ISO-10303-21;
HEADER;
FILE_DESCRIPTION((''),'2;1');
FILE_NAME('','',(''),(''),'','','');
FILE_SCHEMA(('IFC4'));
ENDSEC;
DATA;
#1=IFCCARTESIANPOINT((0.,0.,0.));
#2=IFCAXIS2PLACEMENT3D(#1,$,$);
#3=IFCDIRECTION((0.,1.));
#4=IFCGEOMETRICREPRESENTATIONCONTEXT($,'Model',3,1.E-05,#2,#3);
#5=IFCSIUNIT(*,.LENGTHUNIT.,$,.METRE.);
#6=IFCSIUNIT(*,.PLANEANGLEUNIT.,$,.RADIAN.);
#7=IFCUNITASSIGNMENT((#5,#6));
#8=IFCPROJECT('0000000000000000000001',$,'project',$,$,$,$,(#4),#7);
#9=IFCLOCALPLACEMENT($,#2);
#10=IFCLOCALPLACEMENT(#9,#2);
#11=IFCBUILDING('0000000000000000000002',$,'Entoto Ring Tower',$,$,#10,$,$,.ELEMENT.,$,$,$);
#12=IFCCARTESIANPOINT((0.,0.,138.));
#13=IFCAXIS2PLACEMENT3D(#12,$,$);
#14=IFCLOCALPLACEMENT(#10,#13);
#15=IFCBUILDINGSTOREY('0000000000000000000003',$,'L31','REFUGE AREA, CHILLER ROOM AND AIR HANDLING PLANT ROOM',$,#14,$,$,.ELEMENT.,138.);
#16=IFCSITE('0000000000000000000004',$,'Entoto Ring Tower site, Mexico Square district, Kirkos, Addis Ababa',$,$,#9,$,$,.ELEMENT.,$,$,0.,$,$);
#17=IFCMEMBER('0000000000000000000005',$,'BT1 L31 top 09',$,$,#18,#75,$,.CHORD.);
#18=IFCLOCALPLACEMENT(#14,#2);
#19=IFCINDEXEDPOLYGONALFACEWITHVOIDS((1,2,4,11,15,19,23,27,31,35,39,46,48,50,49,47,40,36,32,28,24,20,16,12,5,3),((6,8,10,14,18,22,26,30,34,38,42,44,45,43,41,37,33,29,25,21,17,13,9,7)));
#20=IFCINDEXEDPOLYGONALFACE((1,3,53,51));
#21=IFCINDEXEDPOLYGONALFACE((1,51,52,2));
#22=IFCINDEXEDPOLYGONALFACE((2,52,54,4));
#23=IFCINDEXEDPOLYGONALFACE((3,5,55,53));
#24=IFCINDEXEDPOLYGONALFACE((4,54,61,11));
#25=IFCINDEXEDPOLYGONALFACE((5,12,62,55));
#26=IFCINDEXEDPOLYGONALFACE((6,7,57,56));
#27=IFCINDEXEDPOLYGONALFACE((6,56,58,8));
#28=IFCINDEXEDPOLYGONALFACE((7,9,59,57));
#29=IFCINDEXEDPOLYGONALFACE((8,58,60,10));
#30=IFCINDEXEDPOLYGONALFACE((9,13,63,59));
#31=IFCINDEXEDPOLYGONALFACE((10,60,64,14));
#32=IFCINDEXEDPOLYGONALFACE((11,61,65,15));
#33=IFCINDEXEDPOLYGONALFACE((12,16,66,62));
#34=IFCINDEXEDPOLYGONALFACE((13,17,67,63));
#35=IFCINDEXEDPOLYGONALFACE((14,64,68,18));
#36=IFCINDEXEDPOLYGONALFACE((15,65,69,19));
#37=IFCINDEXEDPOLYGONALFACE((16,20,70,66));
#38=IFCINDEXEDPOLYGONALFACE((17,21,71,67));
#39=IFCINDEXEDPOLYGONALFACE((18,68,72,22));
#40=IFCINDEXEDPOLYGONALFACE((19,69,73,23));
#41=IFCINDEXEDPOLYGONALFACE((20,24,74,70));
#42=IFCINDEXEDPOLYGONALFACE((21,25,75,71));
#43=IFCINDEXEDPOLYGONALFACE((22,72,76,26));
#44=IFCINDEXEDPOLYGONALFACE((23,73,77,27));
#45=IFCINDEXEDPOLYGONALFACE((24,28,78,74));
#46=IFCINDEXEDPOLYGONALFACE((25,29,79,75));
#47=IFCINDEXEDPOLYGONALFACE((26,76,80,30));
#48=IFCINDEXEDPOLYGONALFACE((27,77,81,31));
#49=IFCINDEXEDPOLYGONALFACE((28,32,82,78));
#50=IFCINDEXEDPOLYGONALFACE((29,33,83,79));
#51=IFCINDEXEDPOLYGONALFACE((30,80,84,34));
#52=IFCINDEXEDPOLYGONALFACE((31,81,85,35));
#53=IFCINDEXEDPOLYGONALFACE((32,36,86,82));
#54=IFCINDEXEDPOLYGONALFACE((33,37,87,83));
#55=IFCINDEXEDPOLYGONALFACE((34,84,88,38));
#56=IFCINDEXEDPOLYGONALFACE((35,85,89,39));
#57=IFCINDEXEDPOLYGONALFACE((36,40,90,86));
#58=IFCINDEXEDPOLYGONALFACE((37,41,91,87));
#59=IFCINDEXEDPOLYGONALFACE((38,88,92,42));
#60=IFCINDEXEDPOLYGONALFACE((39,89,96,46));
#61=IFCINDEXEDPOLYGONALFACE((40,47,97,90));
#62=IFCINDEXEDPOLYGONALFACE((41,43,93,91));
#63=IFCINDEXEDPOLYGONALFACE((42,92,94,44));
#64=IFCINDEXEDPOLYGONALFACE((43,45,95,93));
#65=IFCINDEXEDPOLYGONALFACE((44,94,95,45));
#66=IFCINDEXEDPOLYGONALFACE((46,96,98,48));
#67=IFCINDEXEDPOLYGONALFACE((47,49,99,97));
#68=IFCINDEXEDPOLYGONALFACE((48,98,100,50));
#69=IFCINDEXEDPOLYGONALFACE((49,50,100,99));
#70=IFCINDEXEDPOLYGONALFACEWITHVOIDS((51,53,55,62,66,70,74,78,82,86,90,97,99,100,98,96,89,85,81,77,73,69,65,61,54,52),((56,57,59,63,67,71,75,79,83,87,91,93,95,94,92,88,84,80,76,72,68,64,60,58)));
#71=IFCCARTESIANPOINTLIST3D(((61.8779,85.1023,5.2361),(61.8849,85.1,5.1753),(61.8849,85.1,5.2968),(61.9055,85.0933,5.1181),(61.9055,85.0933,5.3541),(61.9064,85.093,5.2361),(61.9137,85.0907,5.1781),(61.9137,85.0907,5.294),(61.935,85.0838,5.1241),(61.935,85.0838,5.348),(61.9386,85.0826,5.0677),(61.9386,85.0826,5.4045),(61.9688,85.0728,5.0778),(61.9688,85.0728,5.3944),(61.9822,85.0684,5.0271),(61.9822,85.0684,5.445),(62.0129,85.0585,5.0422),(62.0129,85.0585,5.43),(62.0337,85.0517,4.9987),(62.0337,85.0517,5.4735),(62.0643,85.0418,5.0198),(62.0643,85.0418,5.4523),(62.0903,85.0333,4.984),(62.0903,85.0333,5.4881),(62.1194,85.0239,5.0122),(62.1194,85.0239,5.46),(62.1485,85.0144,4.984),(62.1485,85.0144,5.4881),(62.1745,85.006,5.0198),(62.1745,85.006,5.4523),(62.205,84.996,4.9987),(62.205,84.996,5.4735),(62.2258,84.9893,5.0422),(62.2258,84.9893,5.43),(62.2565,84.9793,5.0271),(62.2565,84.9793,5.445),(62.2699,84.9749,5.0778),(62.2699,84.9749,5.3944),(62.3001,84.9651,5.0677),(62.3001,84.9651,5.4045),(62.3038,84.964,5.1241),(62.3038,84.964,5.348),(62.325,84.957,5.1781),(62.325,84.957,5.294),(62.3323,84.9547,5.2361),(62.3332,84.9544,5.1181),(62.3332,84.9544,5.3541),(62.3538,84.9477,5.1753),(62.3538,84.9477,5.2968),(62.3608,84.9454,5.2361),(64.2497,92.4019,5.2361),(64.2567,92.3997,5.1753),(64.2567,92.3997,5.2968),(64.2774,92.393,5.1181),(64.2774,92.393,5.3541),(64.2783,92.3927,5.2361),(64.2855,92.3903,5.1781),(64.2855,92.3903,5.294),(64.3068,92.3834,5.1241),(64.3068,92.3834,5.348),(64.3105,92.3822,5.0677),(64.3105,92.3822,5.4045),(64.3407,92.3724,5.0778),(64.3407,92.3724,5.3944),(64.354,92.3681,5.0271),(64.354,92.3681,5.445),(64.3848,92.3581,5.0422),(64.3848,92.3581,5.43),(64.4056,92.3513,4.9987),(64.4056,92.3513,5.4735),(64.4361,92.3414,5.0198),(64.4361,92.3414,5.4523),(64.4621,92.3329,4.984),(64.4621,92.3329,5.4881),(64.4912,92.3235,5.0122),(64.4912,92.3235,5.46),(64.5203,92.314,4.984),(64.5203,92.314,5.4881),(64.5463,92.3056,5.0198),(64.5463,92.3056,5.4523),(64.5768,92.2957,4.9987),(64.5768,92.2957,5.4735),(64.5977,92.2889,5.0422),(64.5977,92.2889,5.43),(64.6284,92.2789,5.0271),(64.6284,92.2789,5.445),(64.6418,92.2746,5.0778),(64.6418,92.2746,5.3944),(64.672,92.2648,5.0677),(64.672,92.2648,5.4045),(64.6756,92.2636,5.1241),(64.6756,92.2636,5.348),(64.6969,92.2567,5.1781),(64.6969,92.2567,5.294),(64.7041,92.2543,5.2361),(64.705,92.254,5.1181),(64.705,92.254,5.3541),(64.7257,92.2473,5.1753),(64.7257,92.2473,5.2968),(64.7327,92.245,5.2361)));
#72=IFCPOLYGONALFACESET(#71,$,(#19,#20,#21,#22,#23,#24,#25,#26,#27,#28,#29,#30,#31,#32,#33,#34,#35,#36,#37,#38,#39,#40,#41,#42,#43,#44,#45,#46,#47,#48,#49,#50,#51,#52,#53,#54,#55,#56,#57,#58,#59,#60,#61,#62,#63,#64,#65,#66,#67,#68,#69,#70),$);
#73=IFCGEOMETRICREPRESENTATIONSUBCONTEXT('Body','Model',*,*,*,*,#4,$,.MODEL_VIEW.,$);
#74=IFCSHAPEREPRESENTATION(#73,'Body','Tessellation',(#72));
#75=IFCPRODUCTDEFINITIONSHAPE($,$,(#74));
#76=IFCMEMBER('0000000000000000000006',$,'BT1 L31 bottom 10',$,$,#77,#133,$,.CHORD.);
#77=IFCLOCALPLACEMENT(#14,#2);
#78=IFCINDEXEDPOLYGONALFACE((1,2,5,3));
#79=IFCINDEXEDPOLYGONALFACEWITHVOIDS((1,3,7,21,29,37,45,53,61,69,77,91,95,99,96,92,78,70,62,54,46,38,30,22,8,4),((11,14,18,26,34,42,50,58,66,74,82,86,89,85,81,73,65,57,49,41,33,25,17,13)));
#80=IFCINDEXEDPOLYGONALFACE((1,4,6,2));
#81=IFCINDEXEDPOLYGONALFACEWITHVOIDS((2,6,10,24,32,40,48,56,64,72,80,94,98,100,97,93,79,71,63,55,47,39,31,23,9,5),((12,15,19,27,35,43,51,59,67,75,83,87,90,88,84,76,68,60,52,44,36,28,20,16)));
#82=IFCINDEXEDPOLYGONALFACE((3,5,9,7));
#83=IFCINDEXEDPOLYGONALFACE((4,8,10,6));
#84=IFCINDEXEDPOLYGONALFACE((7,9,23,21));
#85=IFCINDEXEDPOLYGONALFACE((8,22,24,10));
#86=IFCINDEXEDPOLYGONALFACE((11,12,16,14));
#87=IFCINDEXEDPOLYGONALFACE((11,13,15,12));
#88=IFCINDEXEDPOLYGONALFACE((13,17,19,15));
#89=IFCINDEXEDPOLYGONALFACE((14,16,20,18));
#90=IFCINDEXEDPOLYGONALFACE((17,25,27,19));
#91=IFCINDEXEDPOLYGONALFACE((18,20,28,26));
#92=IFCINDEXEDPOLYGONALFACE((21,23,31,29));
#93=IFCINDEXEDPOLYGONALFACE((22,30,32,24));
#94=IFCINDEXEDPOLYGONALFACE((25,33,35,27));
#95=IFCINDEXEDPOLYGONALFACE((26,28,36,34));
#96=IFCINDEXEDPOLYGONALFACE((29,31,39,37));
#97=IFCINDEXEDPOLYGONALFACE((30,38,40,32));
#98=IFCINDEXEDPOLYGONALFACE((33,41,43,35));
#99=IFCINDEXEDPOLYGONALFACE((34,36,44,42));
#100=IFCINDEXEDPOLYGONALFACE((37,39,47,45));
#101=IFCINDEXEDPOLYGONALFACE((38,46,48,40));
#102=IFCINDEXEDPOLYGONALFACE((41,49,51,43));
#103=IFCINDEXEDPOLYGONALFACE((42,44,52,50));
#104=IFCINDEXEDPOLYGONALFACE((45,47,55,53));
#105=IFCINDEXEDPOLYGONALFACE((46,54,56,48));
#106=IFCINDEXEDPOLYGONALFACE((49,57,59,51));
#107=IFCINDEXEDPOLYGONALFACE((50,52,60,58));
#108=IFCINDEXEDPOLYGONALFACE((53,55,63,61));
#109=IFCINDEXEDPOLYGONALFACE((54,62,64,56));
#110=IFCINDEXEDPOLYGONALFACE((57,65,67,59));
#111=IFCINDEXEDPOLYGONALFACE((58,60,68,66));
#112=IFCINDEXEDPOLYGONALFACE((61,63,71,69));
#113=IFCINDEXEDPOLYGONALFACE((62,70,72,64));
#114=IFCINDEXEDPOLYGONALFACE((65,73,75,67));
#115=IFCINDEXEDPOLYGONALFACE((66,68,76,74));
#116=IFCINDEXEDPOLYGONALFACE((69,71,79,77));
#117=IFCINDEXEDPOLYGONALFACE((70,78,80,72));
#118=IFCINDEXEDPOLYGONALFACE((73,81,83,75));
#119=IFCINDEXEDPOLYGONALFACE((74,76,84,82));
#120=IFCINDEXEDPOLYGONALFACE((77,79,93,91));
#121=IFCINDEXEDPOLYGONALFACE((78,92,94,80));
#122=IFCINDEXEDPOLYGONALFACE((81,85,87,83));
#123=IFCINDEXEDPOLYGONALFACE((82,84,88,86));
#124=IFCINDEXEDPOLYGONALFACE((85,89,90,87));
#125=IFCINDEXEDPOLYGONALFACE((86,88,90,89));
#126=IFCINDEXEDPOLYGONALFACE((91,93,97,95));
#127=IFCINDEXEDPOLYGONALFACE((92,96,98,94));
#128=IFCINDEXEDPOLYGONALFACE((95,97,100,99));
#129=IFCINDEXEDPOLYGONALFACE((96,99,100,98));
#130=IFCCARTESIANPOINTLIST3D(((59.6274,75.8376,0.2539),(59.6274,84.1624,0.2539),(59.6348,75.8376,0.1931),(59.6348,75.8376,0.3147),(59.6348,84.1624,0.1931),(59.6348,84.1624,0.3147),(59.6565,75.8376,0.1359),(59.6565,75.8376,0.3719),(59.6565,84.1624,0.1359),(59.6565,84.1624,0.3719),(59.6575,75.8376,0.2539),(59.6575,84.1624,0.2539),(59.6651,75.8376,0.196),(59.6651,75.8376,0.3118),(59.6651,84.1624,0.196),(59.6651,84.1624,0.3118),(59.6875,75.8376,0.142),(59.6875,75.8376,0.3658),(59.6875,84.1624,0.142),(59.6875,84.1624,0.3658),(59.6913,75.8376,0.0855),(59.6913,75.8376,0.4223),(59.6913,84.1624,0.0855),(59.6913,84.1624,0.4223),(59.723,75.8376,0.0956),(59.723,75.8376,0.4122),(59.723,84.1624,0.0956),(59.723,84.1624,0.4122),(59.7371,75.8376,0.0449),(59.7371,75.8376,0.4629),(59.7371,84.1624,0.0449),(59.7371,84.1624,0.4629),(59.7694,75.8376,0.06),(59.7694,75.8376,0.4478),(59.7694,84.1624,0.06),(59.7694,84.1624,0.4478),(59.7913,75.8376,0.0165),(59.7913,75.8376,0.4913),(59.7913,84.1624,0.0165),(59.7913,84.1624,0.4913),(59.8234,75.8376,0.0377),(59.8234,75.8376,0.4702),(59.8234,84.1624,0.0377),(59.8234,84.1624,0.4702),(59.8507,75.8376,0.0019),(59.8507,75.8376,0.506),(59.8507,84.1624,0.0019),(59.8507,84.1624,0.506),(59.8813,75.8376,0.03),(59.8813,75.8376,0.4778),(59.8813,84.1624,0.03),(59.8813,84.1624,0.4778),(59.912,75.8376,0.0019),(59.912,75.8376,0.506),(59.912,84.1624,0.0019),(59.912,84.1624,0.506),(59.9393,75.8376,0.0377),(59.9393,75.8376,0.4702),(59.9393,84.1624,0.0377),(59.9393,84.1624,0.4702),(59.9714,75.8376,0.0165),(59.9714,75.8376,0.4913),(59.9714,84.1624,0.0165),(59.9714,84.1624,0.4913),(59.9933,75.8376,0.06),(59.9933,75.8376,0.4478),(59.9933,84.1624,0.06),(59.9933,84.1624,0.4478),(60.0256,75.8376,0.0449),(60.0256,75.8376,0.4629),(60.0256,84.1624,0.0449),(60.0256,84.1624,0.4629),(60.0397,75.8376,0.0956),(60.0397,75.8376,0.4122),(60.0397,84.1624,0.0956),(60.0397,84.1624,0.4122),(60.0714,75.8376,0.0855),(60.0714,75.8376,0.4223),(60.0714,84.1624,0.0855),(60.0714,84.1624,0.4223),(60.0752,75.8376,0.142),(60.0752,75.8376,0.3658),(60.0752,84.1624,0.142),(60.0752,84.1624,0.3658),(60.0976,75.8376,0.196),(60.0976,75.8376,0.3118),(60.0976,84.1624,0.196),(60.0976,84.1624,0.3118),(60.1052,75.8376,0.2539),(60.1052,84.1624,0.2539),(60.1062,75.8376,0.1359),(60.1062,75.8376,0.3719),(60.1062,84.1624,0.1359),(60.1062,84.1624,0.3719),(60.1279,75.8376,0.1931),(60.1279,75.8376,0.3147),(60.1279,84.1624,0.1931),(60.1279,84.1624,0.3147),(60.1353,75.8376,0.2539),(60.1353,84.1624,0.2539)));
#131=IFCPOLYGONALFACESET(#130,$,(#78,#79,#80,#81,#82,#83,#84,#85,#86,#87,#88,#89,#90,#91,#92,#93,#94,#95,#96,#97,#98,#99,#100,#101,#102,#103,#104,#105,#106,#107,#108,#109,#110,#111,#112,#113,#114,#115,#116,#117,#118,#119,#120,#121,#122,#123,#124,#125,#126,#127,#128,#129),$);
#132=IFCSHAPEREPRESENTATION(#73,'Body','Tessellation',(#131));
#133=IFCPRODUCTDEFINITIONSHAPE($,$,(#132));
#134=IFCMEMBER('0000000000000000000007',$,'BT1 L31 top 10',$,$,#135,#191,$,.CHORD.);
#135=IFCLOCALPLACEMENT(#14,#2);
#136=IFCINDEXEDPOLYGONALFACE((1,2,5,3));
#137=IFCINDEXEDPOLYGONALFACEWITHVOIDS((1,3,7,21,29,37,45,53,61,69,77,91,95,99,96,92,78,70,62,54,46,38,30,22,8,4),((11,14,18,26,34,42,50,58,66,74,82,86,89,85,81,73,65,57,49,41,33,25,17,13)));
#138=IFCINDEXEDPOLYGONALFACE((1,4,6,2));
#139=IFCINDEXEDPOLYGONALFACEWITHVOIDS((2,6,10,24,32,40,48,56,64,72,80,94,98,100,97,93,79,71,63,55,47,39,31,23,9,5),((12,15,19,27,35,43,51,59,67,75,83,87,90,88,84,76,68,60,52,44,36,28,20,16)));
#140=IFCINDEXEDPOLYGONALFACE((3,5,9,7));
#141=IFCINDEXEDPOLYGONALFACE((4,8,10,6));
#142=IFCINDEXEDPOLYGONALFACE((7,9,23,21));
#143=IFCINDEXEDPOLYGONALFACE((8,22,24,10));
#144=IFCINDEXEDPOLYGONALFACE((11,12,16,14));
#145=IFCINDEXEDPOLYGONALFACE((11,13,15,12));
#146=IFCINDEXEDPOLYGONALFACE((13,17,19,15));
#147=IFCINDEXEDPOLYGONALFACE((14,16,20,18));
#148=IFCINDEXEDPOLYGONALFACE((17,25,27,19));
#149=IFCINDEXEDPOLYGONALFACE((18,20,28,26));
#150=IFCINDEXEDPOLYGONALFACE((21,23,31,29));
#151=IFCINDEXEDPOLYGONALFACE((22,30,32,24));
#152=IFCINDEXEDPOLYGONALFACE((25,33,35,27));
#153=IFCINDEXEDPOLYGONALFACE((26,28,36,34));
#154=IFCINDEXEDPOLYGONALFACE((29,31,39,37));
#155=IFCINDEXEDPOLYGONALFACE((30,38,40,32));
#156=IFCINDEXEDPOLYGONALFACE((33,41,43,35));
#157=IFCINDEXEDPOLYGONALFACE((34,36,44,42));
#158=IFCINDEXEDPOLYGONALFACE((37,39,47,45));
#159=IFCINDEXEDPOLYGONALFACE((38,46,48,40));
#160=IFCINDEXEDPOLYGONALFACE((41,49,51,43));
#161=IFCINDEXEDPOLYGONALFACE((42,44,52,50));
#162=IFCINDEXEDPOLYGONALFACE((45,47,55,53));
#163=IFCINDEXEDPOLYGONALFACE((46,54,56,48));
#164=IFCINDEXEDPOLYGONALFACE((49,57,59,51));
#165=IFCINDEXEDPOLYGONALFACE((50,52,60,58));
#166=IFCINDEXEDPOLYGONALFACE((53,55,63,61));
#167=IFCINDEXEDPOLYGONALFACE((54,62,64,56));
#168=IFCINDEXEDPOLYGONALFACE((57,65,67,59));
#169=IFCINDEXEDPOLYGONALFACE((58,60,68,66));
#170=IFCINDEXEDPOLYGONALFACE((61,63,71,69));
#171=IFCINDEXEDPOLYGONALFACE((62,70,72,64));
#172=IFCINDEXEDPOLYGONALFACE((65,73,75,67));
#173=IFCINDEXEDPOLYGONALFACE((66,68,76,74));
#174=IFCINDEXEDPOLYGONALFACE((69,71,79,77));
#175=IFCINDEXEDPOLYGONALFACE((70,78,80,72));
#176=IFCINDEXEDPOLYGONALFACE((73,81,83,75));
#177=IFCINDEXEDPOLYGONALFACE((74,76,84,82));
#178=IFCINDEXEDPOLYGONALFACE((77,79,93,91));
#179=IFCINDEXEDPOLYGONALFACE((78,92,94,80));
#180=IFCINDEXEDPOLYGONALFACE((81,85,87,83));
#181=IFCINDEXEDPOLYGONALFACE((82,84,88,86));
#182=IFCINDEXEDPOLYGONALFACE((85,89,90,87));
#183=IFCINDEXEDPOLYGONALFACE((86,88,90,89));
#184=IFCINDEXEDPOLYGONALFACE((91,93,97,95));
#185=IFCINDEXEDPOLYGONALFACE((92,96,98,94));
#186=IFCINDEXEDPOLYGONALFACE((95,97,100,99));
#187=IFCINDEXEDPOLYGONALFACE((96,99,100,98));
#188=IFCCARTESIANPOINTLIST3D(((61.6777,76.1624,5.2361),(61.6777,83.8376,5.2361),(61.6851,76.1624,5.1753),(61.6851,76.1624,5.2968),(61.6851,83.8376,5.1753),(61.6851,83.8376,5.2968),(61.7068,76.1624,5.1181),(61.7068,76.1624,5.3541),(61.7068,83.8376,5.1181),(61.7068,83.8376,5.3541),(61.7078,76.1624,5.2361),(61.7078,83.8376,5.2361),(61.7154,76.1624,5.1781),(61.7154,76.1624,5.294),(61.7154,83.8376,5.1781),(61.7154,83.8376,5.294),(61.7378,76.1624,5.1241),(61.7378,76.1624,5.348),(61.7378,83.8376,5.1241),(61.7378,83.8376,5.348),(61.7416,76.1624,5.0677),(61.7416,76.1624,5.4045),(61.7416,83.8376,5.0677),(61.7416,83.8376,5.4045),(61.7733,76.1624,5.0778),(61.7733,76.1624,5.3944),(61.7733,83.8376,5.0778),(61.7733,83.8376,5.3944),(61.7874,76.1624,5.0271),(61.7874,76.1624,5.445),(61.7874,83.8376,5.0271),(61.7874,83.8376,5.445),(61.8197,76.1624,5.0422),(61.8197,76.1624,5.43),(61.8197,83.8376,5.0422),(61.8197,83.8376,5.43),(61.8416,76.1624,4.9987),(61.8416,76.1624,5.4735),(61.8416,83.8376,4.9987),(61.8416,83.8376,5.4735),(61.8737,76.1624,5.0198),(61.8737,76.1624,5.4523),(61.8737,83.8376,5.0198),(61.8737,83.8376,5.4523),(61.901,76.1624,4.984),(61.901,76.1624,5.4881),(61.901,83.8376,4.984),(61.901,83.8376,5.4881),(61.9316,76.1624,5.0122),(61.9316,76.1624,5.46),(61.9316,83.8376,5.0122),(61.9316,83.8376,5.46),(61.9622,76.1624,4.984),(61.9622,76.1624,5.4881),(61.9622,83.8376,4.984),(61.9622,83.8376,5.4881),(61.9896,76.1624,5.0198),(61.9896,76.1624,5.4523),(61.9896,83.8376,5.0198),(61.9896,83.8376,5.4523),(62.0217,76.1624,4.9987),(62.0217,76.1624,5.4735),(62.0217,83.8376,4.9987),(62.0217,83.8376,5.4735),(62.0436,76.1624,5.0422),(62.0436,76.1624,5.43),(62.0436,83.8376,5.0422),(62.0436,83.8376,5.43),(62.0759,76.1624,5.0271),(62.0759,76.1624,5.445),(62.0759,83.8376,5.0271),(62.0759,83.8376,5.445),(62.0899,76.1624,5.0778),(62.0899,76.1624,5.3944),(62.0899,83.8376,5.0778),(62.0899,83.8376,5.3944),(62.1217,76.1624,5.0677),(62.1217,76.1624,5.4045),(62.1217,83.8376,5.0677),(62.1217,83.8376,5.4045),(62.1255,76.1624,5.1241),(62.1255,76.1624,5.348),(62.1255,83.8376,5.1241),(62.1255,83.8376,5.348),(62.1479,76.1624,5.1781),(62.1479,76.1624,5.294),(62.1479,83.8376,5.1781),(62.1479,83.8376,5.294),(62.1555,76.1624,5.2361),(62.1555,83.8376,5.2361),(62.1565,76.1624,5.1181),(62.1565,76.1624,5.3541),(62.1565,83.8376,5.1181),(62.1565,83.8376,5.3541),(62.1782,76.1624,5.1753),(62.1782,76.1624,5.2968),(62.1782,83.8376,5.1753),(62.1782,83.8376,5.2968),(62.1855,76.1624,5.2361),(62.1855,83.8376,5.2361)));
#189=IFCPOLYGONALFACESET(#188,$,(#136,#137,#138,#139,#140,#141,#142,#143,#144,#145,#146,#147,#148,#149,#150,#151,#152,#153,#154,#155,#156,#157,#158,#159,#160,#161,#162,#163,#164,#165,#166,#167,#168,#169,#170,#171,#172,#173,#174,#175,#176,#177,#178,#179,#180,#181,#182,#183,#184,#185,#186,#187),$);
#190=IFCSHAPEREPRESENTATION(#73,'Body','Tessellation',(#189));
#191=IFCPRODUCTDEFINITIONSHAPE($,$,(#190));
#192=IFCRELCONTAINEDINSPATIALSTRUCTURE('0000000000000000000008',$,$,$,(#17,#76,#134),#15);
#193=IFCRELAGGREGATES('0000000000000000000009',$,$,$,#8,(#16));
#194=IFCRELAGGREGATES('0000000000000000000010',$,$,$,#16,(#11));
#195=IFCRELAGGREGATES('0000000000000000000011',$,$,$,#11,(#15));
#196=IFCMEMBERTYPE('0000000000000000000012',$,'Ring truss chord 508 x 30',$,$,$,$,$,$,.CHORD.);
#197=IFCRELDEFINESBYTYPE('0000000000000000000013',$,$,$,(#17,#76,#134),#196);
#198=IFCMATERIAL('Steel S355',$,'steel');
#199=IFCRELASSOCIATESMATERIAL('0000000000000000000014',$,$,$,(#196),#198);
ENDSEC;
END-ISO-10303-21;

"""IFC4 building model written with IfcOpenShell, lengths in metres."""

from ifc_helpers import new_model, si_unit, direction, frame, origin, origin_2d, place, context, subcontext, project, spatial, circle, hollow_circle, extrude, material, material_profile, profile_set, type_object, element, save


model = new_model("IFC4")

# Units and contexts
model_context = context("Model", 3, precision=1e-05, world=origin(), true_north=direction((0.0, 1.0)))
body_context = subcontext(model_context, "Body", "Model", "MODEL_VIEW")
ifc_project = project(units=[si_unit("LENGTHUNIT", "METRE"), si_unit("PLANEANGLEUNIT", "RADIAN")], contexts=[model_context])

# Site, building, storey
site_placement = place(None, origin())
site = spatial("IfcSite", under=ifc_project, at=site_placement, Name="Entoto Ring Tower site, Mexico Square district, Kirkos, Addis Ababa", CompositionType="ELEMENT", RefElevation=0.0)
building_placement = place(site_placement, origin())
building = spatial("IfcBuilding", under=site, at=building_placement, Name="Entoto Ring Tower", CompositionType="ELEMENT")
storey_placement = place(building_placement, frame((0.0, 0.0, 138.0)))
storey = spatial("IfcBuildingStorey", under=building, at=storey_placement, Name="L31", Description="REFUGE AREA, CHILLER ROOM AND AIR HANDLING PLANT ROOM", CompositionType="ELEMENT", Elevation=138.0)

# Members
ifc_material_1 = material(Name="Steel S355", Category="steel")
ifc_material_profile_1 = material_profile(ifc_material_1, hollow_circle(Radius=0.2539, WallThickness=0.03, at=origin_2d()), Name="CHS 508 x 30")
ifc_material_2 = material(Name="Concrete C60/75", Category="concrete")
ifc_material_profile_2 = material_profile(ifc_material_2, circle(Radius=0.2241, at=origin_2d()), Name="Concrete C60/75 infill")
ifc_profile_set_1 = profile_set([ifc_material_profile_1, ifc_material_profile_2], Name="Steel S355")
member_type_1 = type_object("IfcMemberType", Name="Ring truss chord 508 x 30", PredefinedType="CHORD", material=ifc_profile_set_1)
member_1_placement = place(storey_placement, frame((64.4912, 92.3235, 5.2361), z_axis=(-0.309023, -0.951054, 0.0), x_axis=(0.951054, -0.309023, 0.0)))
element("IfcMember", 1, at=member_1_placement, inside=storey, type_object=member_type_1, Name="BT1 L31 top 09", PredefinedType="CHORD", context=body_context, shape_type="SweptSolid", body=[
    extrude(hollow_circle(Radius=0.2539, WallThickness=0.03, at=origin_2d()), origin(), (0.0, 0.0, 1.0), 7.6753),
])
member_2_placement = place(storey_placement, frame((59.8813, 84.1624, 0.2539), z_axis=(0.0, -1.0, 0.0), x_axis=(1.0, 0.0, 0.0)))
element("IfcMember", 2, at=member_2_placement, inside=storey, type_object=member_type_1, Name="BT1 L31 bottom 10", PredefinedType="CHORD", context=body_context, shape_type="SweptSolid", body=[
    extrude(hollow_circle(Radius=0.2539, WallThickness=0.03, at=origin_2d()), origin(), (0.0, 0.0, 1.0), 8.3247),
])
member_3_placement = place(storey_placement, frame((61.9316, 83.8376, 5.2361), z_axis=(0.0, -1.0, 0.0), x_axis=(1.0, 0.0, 0.0)))
element("IfcMember", 3, at=member_3_placement, inside=storey, type_object=member_type_1, Name="BT1 L31 top 10", PredefinedType="CHORD", context=body_context, shape_type="SweptSolid", body=[
    extrude(hollow_circle(Radius=0.2539, WallThickness=0.03, at=origin_2d()), origin(), (0.0, 0.0, 1.0), 7.6753),
])

save(model, "model.ifc")
